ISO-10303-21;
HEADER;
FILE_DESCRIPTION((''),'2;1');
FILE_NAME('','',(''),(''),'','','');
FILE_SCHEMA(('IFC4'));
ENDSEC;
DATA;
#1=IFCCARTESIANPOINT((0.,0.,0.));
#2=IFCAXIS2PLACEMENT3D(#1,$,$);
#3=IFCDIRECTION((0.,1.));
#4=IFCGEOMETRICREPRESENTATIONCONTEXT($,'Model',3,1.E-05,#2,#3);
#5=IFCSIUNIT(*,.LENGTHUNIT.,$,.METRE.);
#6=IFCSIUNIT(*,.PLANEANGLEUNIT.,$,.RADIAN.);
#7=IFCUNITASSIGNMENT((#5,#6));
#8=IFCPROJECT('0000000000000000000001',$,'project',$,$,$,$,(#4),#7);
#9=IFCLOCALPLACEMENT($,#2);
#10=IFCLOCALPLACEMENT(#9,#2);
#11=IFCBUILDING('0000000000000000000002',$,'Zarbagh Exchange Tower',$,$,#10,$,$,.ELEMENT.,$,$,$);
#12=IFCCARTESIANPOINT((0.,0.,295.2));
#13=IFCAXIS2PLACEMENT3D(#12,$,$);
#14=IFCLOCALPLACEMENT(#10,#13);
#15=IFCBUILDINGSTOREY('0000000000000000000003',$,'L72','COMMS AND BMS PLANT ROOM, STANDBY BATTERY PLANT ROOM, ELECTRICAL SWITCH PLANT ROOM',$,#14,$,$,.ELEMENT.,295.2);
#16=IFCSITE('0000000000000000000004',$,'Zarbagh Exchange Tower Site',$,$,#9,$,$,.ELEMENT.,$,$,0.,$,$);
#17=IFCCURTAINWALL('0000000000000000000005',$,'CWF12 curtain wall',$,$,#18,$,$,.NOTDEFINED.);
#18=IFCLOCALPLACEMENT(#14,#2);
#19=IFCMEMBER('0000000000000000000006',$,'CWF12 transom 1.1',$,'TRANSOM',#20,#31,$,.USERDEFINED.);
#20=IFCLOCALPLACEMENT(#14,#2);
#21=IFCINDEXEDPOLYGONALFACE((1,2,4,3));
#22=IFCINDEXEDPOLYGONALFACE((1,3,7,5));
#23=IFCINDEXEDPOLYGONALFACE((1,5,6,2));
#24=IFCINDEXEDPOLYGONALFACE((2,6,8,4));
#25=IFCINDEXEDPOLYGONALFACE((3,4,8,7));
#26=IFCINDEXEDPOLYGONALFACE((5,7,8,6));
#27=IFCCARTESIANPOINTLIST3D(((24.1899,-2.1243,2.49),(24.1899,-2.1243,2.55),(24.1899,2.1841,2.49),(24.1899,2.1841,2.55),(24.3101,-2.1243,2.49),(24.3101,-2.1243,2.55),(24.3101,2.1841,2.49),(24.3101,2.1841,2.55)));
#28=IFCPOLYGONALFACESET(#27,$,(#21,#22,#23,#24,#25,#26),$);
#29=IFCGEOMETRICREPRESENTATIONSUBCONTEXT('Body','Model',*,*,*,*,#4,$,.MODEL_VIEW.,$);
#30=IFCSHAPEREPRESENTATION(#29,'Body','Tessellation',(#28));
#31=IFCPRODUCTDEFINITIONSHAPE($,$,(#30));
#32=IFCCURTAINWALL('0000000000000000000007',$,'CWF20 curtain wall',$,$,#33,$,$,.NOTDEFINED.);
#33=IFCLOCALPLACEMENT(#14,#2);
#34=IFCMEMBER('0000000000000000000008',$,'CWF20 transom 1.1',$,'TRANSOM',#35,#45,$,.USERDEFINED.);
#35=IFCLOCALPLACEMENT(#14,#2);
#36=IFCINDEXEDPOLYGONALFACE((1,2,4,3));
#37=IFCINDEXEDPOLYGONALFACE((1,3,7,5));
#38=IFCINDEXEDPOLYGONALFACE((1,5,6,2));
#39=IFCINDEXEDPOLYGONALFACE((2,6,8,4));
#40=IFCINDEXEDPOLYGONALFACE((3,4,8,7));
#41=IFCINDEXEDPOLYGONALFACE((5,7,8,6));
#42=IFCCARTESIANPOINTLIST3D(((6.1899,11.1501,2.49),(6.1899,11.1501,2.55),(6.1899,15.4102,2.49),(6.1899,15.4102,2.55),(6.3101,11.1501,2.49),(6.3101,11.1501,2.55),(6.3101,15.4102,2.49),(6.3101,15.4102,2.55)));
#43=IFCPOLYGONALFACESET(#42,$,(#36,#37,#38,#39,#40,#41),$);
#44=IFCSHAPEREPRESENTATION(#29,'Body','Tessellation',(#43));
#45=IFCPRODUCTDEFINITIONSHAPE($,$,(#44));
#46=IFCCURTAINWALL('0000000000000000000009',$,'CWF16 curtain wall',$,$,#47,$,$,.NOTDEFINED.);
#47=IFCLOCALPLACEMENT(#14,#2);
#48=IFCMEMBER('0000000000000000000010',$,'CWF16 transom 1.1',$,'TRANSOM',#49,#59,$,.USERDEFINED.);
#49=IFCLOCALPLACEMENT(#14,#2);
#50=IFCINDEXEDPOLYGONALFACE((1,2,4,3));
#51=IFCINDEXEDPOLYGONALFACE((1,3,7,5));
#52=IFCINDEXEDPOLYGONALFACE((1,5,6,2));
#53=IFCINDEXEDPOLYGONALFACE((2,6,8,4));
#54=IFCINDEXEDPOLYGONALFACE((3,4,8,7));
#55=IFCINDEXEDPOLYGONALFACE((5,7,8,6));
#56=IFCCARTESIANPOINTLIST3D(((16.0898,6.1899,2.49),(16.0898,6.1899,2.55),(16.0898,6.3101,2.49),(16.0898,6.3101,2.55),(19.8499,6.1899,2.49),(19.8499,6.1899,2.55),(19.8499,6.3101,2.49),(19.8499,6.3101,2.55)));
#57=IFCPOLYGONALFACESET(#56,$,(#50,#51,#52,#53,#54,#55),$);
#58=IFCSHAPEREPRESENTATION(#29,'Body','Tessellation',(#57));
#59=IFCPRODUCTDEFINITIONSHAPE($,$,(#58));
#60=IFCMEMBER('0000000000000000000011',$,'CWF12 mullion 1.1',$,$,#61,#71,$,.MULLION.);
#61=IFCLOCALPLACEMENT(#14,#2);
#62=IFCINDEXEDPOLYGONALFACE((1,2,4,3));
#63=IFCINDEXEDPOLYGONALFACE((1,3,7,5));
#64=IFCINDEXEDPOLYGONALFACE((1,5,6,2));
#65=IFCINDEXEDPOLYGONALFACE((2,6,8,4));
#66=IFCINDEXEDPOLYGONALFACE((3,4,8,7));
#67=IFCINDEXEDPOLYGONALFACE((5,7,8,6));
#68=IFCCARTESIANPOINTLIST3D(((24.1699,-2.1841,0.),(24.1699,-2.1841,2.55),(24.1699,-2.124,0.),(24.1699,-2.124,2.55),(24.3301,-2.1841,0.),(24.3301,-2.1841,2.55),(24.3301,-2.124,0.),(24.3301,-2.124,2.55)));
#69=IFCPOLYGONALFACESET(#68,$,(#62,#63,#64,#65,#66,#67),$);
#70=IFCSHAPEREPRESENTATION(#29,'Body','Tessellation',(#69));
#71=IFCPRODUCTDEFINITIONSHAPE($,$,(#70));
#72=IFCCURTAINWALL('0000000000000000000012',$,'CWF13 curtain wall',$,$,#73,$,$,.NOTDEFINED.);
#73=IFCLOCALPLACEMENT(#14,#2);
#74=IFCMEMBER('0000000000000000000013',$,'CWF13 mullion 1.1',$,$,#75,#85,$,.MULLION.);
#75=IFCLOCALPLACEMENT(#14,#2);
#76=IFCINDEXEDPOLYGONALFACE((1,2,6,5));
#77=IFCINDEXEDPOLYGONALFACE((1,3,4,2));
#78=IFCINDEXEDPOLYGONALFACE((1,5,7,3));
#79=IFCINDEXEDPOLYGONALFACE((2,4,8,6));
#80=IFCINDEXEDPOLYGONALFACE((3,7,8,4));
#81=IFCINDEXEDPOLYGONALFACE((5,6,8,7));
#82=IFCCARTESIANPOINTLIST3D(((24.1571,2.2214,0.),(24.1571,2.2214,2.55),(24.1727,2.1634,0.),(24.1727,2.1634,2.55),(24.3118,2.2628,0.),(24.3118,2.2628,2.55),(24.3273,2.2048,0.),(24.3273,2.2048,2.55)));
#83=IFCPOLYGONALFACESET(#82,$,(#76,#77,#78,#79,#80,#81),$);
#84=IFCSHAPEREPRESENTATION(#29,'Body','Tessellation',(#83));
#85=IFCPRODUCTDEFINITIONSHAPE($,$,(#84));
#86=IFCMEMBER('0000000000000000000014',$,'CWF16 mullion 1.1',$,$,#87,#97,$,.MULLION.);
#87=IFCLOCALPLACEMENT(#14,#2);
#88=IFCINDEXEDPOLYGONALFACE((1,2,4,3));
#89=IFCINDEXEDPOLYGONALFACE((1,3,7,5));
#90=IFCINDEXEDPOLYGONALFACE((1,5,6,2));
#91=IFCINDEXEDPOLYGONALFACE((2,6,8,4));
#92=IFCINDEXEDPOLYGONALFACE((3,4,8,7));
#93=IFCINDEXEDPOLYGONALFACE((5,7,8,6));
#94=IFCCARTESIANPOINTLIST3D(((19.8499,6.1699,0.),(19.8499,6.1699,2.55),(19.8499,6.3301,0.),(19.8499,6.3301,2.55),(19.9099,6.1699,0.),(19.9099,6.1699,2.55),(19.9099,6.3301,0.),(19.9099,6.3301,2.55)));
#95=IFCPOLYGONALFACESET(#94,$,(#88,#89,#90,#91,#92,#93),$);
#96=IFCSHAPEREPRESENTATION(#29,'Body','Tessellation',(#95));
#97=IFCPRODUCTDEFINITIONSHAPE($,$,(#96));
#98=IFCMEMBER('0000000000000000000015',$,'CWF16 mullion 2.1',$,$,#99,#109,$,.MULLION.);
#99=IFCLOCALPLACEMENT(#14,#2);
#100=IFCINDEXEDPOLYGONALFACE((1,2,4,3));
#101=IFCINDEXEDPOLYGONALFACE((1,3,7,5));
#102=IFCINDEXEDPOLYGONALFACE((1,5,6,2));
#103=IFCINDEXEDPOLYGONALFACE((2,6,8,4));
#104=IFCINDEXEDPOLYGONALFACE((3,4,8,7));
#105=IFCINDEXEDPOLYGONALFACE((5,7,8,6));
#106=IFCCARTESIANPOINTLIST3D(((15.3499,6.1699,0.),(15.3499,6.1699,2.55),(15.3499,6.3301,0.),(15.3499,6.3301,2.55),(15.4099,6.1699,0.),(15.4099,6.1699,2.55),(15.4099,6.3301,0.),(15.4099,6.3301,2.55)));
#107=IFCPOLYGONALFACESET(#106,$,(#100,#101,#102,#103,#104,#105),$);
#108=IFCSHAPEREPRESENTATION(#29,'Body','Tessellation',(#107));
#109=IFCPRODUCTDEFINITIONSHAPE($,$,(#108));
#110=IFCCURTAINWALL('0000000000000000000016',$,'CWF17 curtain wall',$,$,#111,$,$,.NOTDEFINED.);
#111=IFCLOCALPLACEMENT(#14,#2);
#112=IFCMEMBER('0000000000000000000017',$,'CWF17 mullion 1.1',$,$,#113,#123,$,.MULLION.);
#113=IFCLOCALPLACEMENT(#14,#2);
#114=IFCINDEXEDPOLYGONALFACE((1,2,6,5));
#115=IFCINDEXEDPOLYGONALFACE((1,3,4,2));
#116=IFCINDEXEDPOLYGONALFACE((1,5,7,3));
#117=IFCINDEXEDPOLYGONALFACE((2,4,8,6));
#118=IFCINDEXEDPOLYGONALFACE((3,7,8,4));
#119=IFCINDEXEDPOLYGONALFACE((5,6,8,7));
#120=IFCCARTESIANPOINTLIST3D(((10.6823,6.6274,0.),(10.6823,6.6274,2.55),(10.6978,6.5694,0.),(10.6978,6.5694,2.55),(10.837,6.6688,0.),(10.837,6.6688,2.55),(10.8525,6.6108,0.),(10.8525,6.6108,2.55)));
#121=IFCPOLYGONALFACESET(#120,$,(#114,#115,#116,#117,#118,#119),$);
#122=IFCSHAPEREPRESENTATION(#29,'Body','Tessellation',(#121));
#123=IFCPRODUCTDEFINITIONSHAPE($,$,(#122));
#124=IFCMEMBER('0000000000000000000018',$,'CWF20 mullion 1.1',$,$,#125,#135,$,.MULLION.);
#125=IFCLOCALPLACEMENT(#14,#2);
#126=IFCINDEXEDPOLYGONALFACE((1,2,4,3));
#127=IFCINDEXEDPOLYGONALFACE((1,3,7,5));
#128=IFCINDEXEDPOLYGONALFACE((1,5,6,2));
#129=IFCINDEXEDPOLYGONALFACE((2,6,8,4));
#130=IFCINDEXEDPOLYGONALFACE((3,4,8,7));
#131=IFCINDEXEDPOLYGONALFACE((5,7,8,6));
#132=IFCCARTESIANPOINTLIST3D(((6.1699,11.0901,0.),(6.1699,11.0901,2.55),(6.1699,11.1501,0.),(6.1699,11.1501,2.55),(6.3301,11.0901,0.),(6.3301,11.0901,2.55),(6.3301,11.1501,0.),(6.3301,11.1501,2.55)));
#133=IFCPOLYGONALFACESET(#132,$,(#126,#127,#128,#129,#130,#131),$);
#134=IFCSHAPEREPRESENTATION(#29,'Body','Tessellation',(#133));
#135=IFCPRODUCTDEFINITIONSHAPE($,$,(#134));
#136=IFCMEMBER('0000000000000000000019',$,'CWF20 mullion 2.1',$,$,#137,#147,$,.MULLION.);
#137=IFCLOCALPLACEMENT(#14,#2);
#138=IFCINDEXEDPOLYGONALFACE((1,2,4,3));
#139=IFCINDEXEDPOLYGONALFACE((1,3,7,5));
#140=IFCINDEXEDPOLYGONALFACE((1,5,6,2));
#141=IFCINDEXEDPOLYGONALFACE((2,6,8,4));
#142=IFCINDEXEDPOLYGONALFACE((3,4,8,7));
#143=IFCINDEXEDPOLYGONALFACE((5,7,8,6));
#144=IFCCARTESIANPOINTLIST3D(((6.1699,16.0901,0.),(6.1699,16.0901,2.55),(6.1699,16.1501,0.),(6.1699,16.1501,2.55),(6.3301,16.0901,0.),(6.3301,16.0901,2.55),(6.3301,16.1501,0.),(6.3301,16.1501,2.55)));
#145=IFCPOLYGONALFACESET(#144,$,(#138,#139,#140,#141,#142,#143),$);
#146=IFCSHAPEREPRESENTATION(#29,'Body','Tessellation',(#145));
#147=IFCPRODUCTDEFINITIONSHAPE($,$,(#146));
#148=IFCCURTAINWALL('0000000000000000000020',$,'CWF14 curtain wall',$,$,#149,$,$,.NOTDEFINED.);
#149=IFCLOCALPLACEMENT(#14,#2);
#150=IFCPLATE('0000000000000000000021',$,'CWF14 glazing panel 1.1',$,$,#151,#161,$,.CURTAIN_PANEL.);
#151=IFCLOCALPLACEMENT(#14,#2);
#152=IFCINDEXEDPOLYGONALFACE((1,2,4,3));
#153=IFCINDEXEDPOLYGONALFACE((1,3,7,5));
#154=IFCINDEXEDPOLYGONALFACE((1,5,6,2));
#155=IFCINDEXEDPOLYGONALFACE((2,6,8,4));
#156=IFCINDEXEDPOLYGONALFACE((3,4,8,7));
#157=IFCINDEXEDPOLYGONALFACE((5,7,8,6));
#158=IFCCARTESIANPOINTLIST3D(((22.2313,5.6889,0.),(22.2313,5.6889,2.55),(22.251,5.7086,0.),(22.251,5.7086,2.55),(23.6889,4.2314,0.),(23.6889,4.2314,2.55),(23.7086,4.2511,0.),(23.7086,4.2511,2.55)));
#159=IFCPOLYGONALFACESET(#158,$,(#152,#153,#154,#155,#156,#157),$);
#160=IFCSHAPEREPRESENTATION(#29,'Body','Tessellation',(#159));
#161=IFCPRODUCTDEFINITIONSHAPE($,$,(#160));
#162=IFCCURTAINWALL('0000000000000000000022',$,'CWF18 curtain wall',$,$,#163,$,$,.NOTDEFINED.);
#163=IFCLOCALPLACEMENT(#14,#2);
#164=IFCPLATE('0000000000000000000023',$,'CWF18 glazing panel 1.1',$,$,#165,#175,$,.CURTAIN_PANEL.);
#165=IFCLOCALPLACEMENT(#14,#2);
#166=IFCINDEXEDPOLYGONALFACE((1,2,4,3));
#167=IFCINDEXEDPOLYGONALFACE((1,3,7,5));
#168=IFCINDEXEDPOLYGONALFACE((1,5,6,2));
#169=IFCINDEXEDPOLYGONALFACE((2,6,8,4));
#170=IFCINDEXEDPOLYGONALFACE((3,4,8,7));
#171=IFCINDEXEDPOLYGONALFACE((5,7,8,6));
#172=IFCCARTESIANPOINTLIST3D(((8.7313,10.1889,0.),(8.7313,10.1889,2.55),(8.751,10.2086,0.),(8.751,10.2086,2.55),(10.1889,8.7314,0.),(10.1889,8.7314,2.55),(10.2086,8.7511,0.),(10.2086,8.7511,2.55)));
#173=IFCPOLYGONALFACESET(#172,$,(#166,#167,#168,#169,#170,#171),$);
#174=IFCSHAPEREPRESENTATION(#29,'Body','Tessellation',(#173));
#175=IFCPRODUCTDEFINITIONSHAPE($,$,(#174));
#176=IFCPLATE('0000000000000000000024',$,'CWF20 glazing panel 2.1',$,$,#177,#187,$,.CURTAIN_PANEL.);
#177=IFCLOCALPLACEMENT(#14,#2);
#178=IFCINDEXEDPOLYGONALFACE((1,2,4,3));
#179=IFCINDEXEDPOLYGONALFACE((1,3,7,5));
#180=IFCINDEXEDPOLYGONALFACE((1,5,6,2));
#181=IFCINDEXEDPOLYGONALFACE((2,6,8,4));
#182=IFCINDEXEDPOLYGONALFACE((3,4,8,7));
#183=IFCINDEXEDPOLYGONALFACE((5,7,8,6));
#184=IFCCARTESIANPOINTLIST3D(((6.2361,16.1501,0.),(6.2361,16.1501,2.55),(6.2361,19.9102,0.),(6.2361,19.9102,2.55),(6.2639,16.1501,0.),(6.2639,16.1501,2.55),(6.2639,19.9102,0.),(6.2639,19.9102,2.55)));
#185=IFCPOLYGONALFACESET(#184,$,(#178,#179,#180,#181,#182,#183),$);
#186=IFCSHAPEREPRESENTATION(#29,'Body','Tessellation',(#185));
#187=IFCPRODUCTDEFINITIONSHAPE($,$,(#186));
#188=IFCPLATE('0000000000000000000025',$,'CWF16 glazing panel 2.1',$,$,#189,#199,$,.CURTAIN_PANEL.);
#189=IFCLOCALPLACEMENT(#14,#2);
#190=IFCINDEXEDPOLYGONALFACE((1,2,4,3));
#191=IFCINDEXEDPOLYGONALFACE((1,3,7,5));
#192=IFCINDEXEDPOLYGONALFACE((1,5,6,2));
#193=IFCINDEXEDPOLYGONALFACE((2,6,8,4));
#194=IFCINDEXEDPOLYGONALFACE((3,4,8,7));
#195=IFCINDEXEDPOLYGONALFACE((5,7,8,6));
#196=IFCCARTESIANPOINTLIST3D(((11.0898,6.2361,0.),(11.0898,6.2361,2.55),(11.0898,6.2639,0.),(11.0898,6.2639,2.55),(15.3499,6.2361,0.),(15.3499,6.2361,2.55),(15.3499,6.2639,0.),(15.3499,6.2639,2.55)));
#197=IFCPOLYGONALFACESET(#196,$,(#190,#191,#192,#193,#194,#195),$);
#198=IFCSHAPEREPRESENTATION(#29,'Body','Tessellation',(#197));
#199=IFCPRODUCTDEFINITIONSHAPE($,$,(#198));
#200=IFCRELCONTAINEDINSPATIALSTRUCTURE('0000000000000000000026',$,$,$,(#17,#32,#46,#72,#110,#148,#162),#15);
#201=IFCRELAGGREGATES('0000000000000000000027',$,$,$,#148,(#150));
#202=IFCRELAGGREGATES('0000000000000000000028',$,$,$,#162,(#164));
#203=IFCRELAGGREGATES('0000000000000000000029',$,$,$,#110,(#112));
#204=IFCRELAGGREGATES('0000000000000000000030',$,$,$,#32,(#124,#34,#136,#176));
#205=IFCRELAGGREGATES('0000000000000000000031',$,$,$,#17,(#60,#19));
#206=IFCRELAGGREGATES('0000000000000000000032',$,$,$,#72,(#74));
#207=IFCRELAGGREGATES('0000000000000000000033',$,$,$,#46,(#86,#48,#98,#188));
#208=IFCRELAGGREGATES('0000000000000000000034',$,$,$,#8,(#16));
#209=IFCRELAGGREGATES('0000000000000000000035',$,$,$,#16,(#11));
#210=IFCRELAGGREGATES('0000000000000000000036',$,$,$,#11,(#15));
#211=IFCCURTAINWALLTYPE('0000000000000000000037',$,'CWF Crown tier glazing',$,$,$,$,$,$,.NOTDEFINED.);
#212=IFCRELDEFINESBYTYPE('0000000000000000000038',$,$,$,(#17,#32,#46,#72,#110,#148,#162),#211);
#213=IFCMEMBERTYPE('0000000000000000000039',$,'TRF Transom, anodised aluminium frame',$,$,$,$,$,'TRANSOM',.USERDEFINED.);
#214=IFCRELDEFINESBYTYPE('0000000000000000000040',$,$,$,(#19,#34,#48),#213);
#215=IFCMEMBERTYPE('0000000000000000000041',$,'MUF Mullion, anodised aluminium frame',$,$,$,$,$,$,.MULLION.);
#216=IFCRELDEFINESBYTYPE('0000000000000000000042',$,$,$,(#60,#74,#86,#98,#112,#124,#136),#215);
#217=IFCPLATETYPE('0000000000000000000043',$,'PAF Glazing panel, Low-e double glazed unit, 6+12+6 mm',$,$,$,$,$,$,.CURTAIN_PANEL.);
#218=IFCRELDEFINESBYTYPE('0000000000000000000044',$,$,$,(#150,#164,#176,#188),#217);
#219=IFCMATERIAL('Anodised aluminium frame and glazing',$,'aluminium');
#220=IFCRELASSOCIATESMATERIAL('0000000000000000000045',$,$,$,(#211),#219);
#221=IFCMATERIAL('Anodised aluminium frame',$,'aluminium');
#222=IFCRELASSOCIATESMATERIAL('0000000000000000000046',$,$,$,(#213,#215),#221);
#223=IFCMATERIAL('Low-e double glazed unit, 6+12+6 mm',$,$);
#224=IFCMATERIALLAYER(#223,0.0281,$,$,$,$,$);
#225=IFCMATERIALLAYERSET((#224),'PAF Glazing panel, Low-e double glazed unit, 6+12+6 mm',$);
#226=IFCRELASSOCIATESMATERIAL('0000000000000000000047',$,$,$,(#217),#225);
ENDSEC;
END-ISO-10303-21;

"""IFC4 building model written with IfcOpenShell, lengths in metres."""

from ifc_helpers import new_model, si_unit, direction, frame, origin, place, context, subcontext, project, spatial, polyline, outline, extrude, source, transform, mapped, material, layer, layer_set, type_object, element, aggregate, save


model = new_model("IFC4")

# Units and contexts
model_context = context("Model", 3, precision=1e-05, world=origin(), true_north=direction((0.0, 1.0)))
body_context = subcontext(model_context, "Body", "Model", "MODEL_VIEW")
ifc_project = project(units=[si_unit("LENGTHUNIT", "METRE"), si_unit("PLANEANGLEUNIT", "RADIAN")], contexts=[model_context])

# Site, building, storey
site_placement = place(None, origin())
site = spatial("IfcSite", under=ifc_project, at=site_placement, Name="Zarbagh Exchange Tower Site", CompositionType="ELEMENT", RefElevation=0.0)
building_placement = place(site_placement, origin())
building = spatial("IfcBuilding", under=site, at=building_placement, Name="Zarbagh Exchange Tower", CompositionType="ELEMENT")
storey_placement = place(building_placement, frame((0.0, 0.0, 295.2)))
storey = spatial("IfcBuildingStorey", under=building, at=storey_placement, Name="L72", Description="COMMS AND BMS PLANT ROOM, STANDBY BATTERY PLANT ROOM, ELECTRICAL SWITCH PLANT ROOM", CompositionType="ELEMENT", Elevation=295.2)

# Curtain walls, members
ifc_material_1 = material(Name="Anodised aluminium frame and glazing", Category="aluminium")
curtain_wall_type = type_object("IfcCurtainWallType", Name="CWF Crown tier glazing", PredefinedType="NOTDEFINED", material=ifc_material_1)
curtain_wall_1_placement = place(storey_placement, origin())
curtain_wall_1 = element("IfcCurtainWall", 1, at=curtain_wall_1_placement, inside=storey, type_object=curtain_wall_type, Name="CWF12 curtain wall", PredefinedType="NOTDEFINED")
ifc_material_2 = material(Name="Anodised aluminium frame", Category="aluminium")
member_type_1 = type_object("IfcMemberType", Name="TRF Transom, anodised aluminium frame", ElementType="TRANSOM", PredefinedType="USERDEFINED", material=ifc_material_2)
shared_shape_1 = source(origin(), body_context, "Body", "SweptSolid", [
    extrude(outline(polyline([(-0.0601, -0.0601), (0.0, -0.0601), (0.0, 0.0601), (-0.0601, 0.0601), (-0.0601, -0.0601)])), origin(), (0.0, 0.0, 1.0), 4.3083),
])
placement = place(storey_placement, origin())
member_1 = element("IfcMember", 2, at=placement, type_object=member_type_1, Name="CWF12 transom 1.1", ObjectType="TRANSOM", PredefinedType="USERDEFINED", context=body_context, shape_type="MappedRepresentation", body=[
    mapped(shared_shape_1, transform((24.25, -2.1243, 2.55), x_axis=(0.0, 0.0, 1.0), y_axis=(1.0, 0.0, 0.0), z_axis=(0.0, 1.0, 0.0))),
])
curtain_wall_2_placement = place(storey_placement, origin())
curtain_wall_2 = element("IfcCurtainWall", 3, at=curtain_wall_2_placement, inside=storey, type_object=curtain_wall_type, Name="CWF20 curtain wall", PredefinedType="NOTDEFINED")
shared_shape_2 = source(origin(), body_context, "Body", "SweptSolid", [
    extrude(outline(polyline([(-0.0601, -0.0601), (0.0, -0.0601), (0.0, 0.0601), (-0.0601, 0.0601), (-0.0601, -0.0601)])), origin(), (0.0, 0.0, 1.0), 4.26),
])
member_2 = element("IfcMember", 4, at=placement, type_object=member_type_1, Name="CWF20 transom 1.1", ObjectType="TRANSOM", PredefinedType="USERDEFINED", context=body_context, shape_type="MappedRepresentation", body=[
    mapped(shared_shape_2, transform((6.25, 11.1501, 2.55), x_axis=(0.0, 0.0, 1.0), y_axis=(1.0, 0.0, 0.0), z_axis=(0.0, 1.0, 0.0))),
])
curtain_wall_3_placement = place(storey_placement, origin())
curtain_wall_3 = element("IfcCurtainWall", 5, at=curtain_wall_3_placement, inside=storey, type_object=curtain_wall_type, Name="CWF16 curtain wall", PredefinedType="NOTDEFINED")
shared_shape_3 = source(origin(), body_context, "Body", "SweptSolid", [
    extrude(outline(polyline([(-0.0601, -0.0601), (0.0, -0.0601), (0.0, 0.0601), (-0.0601, 0.0601), (-0.0601, -0.0601)])), origin(), (0.0, 0.0, 1.0), 3.76),
])
member_3 = element("IfcMember", 6, at=placement, type_object=member_type_1, Name="CWF16 transom 1.1", ObjectType="TRANSOM", PredefinedType="USERDEFINED", context=body_context, shape_type="MappedRepresentation", body=[
    mapped(shared_shape_3, transform((19.8499, 6.25, 2.55), x_axis=(0.0, 0.0, 1.0), y_axis=(0.0, 1.0, 0.0), z_axis=(-1.0, 0.0, 0.0))),
])

# Member
member_type_2 = type_object("IfcMemberType", Name="MUF Mullion, anodised aluminium frame", PredefinedType="MULLION", material=ifc_material_2)
shared_shape_4 = source(origin(), body_context, "Body", "SweptSolid", [
    extrude(outline(polyline([(0.0, -0.0801), (0.0601, -0.0801), (0.0601, 0.0801), (0.0, 0.0801), (0.0, -0.0801)])), origin(), (0.0, 0.0, 1.0), 2.55),
])
member_4 = element("IfcMember", 7, at=placement, type_object=member_type_2, Name="CWF12 mullion 1.1", PredefinedType="MULLION", context=body_context, shape_type="MappedRepresentation", body=[
    mapped(shared_shape_4, transform((24.25, -2.1841, 0.0), x_axis=(0.0, 1.0, 0.0), y_axis=(-1.0, 0.0, 0.0), z_axis=(0.0, 0.0, 1.0))),
])

# Curtain wall, member
curtain_wall_4_placement = place(storey_placement, origin())
curtain_wall_4 = element("IfcCurtainWall", 8, at=curtain_wall_4_placement, inside=storey, type_object=curtain_wall_type, Name="CWF13 curtain wall", PredefinedType="NOTDEFINED")
member_5 = element("IfcMember", 9, at=placement, type_object=member_type_2, Name="CWF13 mullion 1.1", PredefinedType="MULLION", context=body_context, shape_type="MappedRepresentation", body=[
    mapped(shared_shape_4, transform((24.25, 2.1841, 0.0), x_axis=(-0.258825, 0.965924, 0.0), y_axis=(-0.965924, -0.258825, 0.0), z_axis=(0.0, 0.0, 1.0))),
])

# Members
member_6 = element("IfcMember", 10, at=placement, type_object=member_type_2, Name="CWF16 mullion 1.1", PredefinedType="MULLION", context=body_context, shape_type="MappedRepresentation", body=[
    mapped(shared_shape_4, transform((19.9099, 6.25, 0.0), x_axis=(-1.0, 0.0, 0.0), y_axis=(0.0, -1.0, 0.0), z_axis=(0.0, 0.0, 1.0))),
])
member_7 = element("IfcMember", 11, at=placement, type_object=member_type_2, Name="CWF16 mullion 2.1", PredefinedType="MULLION", context=body_context, shape_type="MappedRepresentation", body=[
    mapped(shared_shape_4, transform((15.4099, 6.25, 0.0), x_axis=(-1.0, 0.0, 0.0), y_axis=(0.0, -1.0, 0.0), z_axis=(0.0, 0.0, 1.0))),
])

# Curtain wall, member
curtain_wall_5_placement = place(storey_placement, origin())
curtain_wall_5 = element("IfcCurtainWall", 12, at=curtain_wall_5_placement, inside=storey, type_object=curtain_wall_type, Name="CWF17 curtain wall", PredefinedType="NOTDEFINED")
member_8 = element("IfcMember", 13, at=placement, type_object=member_type_2, Name="CWF17 mullion 1.1", PredefinedType="MULLION", context=body_context, shape_type="MappedRepresentation", body=[
    mapped(shared_shape_4, transform((10.7751, 6.5901, 0.0), x_axis=(-0.258825, 0.965924, 0.0), y_axis=(-0.965924, -0.258825, 0.0), z_axis=(0.0, 0.0, 1.0))),
])

# Members
member_9 = element("IfcMember", 14, at=placement, type_object=member_type_2, Name="CWF20 mullion 1.1", PredefinedType="MULLION", context=body_context, shape_type="MappedRepresentation", body=[
    mapped(shared_shape_4, transform((6.25, 11.0901, 0.0), x_axis=(0.0, 1.0, 0.0), y_axis=(-1.0, 0.0, 0.0), z_axis=(0.0, 0.0, 1.0))),
])
member_10 = element("IfcMember", 15, at=placement, type_object=member_type_2, Name="CWF20 mullion 2.1", PredefinedType="MULLION", context=body_context, shape_type="MappedRepresentation", body=[
    mapped(shared_shape_4, transform((6.25, 16.0901, 0.0), x_axis=(0.0, 1.0, 0.0), y_axis=(-1.0, 0.0, 0.0), z_axis=(0.0, 0.0, 1.0))),
])

# Curtain walls, plates
curtain_wall_6_placement = place(storey_placement, origin())
curtain_wall_6 = element("IfcCurtainWall", 16, at=curtain_wall_6_placement, inside=storey, type_object=curtain_wall_type, Name="CWF14 curtain wall", PredefinedType="NOTDEFINED")
ifc_material_3 = material(Name="Low-e double glazed unit, 6+12+6 mm")
ifc_layer = layer(ifc_material_3, 0.0281)
ifc_layer_set = layer_set([ifc_layer], Name="PAF Glazing panel, Low-e double glazed unit, 6+12+6 mm")
plate_type = type_object("IfcPlateType", Name="PAF Glazing panel, Low-e double glazed unit, 6+12+6 mm", PredefinedType="CURTAIN_PANEL", material=ifc_layer_set)
shared_shape_5 = source(origin(), body_context, "Body", "SweptSolid", [
    extrude(outline(polyline([(0.0, -0.0139), (2.0613, -0.0139), (2.0613, 0.0139), (0.0, 0.0139), (0.0, -0.0139)])), origin(), (0.0, 0.0, 1.0), 2.55),
])
plate_1 = element("IfcPlate", 17, at=placement, type_object=plate_type, Name="CWF14 glazing panel 1.1", PredefinedType="CURTAIN_PANEL", context=body_context, shape_type="MappedRepresentation", body=[
    mapped(shared_shape_5, transform((23.6987, 4.2412, 0.0), x_axis=(-0.707107, 0.707107, 0.0), y_axis=(-0.707107, -0.707107, 0.0), z_axis=(0.0, 0.0, 1.0))),
])
aggregate(curtain_wall_6, [plate_1])
curtain_wall_7_placement = place(storey_placement, origin())
curtain_wall_7 = element("IfcCurtainWall", 18, at=curtain_wall_7_placement, inside=storey, type_object=curtain_wall_type, Name="CWF18 curtain wall", PredefinedType="NOTDEFINED")
plate_2 = element("IfcPlate", 19, at=placement, type_object=plate_type, Name="CWF18 glazing panel 1.1", PredefinedType="CURTAIN_PANEL", context=body_context, shape_type="MappedRepresentation", body=[
    mapped(shared_shape_5, transform((10.1987, 8.7412, 0.0), x_axis=(-0.707107, 0.707107, 0.0), y_axis=(-0.707107, -0.707107, 0.0), z_axis=(0.0, 0.0, 1.0))),
])
aggregate(curtain_wall_7, [plate_2])

# Plates
shared_shape_6 = source(origin(), body_context, "Body", "SweptSolid", [
    extrude(outline(polyline([(0.0, -0.0139), (3.76, -0.0139), (3.76, 0.0139), (0.0, 0.0139), (0.0, -0.0139)])), origin(), (0.0, 0.0, 1.0), 2.55),
])
plate_3 = element("IfcPlate", 20, at=placement, type_object=plate_type, Name="CWF20 glazing panel 2.1", PredefinedType="CURTAIN_PANEL", context=body_context, shape_type="MappedRepresentation", body=[
    mapped(shared_shape_6, transform((6.25, 16.1501, 0.0), x_axis=(0.0, 1.0, 0.0), y_axis=(-1.0, 0.0, 0.0), z_axis=(0.0, 0.0, 1.0))),
])
shared_shape_7 = source(origin(), body_context, "Body", "SweptSolid", [
    extrude(outline(polyline([(0.0, -0.0139), (4.26, -0.0139), (4.26, 0.0139), (0.0, 0.0139), (0.0, -0.0139)])), origin(), (0.0, 0.0, 1.0), 2.55),
])
plate_4 = element("IfcPlate", 21, at=placement, type_object=plate_type, Name="CWF16 glazing panel 2.1", PredefinedType="CURTAIN_PANEL", context=body_context, shape_type="MappedRepresentation", body=[
    mapped(shared_shape_7, transform((15.3499, 6.25, 0.0), x_axis=(-1.0, 0.0, 0.0), y_axis=(0.0, -1.0, 0.0), z_axis=(0.0, 0.0, 1.0))),
])
aggregate(curtain_wall_5, [member_8])

aggregate(curtain_wall_2, [member_9, member_2, member_10, plate_3])
aggregate(curtain_wall_1, [member_4, member_1])
aggregate(curtain_wall_4, [member_5])

aggregate(curtain_wall_3, [member_6, member_3, member_7, plate_4])

save(model, "model.ifc")
